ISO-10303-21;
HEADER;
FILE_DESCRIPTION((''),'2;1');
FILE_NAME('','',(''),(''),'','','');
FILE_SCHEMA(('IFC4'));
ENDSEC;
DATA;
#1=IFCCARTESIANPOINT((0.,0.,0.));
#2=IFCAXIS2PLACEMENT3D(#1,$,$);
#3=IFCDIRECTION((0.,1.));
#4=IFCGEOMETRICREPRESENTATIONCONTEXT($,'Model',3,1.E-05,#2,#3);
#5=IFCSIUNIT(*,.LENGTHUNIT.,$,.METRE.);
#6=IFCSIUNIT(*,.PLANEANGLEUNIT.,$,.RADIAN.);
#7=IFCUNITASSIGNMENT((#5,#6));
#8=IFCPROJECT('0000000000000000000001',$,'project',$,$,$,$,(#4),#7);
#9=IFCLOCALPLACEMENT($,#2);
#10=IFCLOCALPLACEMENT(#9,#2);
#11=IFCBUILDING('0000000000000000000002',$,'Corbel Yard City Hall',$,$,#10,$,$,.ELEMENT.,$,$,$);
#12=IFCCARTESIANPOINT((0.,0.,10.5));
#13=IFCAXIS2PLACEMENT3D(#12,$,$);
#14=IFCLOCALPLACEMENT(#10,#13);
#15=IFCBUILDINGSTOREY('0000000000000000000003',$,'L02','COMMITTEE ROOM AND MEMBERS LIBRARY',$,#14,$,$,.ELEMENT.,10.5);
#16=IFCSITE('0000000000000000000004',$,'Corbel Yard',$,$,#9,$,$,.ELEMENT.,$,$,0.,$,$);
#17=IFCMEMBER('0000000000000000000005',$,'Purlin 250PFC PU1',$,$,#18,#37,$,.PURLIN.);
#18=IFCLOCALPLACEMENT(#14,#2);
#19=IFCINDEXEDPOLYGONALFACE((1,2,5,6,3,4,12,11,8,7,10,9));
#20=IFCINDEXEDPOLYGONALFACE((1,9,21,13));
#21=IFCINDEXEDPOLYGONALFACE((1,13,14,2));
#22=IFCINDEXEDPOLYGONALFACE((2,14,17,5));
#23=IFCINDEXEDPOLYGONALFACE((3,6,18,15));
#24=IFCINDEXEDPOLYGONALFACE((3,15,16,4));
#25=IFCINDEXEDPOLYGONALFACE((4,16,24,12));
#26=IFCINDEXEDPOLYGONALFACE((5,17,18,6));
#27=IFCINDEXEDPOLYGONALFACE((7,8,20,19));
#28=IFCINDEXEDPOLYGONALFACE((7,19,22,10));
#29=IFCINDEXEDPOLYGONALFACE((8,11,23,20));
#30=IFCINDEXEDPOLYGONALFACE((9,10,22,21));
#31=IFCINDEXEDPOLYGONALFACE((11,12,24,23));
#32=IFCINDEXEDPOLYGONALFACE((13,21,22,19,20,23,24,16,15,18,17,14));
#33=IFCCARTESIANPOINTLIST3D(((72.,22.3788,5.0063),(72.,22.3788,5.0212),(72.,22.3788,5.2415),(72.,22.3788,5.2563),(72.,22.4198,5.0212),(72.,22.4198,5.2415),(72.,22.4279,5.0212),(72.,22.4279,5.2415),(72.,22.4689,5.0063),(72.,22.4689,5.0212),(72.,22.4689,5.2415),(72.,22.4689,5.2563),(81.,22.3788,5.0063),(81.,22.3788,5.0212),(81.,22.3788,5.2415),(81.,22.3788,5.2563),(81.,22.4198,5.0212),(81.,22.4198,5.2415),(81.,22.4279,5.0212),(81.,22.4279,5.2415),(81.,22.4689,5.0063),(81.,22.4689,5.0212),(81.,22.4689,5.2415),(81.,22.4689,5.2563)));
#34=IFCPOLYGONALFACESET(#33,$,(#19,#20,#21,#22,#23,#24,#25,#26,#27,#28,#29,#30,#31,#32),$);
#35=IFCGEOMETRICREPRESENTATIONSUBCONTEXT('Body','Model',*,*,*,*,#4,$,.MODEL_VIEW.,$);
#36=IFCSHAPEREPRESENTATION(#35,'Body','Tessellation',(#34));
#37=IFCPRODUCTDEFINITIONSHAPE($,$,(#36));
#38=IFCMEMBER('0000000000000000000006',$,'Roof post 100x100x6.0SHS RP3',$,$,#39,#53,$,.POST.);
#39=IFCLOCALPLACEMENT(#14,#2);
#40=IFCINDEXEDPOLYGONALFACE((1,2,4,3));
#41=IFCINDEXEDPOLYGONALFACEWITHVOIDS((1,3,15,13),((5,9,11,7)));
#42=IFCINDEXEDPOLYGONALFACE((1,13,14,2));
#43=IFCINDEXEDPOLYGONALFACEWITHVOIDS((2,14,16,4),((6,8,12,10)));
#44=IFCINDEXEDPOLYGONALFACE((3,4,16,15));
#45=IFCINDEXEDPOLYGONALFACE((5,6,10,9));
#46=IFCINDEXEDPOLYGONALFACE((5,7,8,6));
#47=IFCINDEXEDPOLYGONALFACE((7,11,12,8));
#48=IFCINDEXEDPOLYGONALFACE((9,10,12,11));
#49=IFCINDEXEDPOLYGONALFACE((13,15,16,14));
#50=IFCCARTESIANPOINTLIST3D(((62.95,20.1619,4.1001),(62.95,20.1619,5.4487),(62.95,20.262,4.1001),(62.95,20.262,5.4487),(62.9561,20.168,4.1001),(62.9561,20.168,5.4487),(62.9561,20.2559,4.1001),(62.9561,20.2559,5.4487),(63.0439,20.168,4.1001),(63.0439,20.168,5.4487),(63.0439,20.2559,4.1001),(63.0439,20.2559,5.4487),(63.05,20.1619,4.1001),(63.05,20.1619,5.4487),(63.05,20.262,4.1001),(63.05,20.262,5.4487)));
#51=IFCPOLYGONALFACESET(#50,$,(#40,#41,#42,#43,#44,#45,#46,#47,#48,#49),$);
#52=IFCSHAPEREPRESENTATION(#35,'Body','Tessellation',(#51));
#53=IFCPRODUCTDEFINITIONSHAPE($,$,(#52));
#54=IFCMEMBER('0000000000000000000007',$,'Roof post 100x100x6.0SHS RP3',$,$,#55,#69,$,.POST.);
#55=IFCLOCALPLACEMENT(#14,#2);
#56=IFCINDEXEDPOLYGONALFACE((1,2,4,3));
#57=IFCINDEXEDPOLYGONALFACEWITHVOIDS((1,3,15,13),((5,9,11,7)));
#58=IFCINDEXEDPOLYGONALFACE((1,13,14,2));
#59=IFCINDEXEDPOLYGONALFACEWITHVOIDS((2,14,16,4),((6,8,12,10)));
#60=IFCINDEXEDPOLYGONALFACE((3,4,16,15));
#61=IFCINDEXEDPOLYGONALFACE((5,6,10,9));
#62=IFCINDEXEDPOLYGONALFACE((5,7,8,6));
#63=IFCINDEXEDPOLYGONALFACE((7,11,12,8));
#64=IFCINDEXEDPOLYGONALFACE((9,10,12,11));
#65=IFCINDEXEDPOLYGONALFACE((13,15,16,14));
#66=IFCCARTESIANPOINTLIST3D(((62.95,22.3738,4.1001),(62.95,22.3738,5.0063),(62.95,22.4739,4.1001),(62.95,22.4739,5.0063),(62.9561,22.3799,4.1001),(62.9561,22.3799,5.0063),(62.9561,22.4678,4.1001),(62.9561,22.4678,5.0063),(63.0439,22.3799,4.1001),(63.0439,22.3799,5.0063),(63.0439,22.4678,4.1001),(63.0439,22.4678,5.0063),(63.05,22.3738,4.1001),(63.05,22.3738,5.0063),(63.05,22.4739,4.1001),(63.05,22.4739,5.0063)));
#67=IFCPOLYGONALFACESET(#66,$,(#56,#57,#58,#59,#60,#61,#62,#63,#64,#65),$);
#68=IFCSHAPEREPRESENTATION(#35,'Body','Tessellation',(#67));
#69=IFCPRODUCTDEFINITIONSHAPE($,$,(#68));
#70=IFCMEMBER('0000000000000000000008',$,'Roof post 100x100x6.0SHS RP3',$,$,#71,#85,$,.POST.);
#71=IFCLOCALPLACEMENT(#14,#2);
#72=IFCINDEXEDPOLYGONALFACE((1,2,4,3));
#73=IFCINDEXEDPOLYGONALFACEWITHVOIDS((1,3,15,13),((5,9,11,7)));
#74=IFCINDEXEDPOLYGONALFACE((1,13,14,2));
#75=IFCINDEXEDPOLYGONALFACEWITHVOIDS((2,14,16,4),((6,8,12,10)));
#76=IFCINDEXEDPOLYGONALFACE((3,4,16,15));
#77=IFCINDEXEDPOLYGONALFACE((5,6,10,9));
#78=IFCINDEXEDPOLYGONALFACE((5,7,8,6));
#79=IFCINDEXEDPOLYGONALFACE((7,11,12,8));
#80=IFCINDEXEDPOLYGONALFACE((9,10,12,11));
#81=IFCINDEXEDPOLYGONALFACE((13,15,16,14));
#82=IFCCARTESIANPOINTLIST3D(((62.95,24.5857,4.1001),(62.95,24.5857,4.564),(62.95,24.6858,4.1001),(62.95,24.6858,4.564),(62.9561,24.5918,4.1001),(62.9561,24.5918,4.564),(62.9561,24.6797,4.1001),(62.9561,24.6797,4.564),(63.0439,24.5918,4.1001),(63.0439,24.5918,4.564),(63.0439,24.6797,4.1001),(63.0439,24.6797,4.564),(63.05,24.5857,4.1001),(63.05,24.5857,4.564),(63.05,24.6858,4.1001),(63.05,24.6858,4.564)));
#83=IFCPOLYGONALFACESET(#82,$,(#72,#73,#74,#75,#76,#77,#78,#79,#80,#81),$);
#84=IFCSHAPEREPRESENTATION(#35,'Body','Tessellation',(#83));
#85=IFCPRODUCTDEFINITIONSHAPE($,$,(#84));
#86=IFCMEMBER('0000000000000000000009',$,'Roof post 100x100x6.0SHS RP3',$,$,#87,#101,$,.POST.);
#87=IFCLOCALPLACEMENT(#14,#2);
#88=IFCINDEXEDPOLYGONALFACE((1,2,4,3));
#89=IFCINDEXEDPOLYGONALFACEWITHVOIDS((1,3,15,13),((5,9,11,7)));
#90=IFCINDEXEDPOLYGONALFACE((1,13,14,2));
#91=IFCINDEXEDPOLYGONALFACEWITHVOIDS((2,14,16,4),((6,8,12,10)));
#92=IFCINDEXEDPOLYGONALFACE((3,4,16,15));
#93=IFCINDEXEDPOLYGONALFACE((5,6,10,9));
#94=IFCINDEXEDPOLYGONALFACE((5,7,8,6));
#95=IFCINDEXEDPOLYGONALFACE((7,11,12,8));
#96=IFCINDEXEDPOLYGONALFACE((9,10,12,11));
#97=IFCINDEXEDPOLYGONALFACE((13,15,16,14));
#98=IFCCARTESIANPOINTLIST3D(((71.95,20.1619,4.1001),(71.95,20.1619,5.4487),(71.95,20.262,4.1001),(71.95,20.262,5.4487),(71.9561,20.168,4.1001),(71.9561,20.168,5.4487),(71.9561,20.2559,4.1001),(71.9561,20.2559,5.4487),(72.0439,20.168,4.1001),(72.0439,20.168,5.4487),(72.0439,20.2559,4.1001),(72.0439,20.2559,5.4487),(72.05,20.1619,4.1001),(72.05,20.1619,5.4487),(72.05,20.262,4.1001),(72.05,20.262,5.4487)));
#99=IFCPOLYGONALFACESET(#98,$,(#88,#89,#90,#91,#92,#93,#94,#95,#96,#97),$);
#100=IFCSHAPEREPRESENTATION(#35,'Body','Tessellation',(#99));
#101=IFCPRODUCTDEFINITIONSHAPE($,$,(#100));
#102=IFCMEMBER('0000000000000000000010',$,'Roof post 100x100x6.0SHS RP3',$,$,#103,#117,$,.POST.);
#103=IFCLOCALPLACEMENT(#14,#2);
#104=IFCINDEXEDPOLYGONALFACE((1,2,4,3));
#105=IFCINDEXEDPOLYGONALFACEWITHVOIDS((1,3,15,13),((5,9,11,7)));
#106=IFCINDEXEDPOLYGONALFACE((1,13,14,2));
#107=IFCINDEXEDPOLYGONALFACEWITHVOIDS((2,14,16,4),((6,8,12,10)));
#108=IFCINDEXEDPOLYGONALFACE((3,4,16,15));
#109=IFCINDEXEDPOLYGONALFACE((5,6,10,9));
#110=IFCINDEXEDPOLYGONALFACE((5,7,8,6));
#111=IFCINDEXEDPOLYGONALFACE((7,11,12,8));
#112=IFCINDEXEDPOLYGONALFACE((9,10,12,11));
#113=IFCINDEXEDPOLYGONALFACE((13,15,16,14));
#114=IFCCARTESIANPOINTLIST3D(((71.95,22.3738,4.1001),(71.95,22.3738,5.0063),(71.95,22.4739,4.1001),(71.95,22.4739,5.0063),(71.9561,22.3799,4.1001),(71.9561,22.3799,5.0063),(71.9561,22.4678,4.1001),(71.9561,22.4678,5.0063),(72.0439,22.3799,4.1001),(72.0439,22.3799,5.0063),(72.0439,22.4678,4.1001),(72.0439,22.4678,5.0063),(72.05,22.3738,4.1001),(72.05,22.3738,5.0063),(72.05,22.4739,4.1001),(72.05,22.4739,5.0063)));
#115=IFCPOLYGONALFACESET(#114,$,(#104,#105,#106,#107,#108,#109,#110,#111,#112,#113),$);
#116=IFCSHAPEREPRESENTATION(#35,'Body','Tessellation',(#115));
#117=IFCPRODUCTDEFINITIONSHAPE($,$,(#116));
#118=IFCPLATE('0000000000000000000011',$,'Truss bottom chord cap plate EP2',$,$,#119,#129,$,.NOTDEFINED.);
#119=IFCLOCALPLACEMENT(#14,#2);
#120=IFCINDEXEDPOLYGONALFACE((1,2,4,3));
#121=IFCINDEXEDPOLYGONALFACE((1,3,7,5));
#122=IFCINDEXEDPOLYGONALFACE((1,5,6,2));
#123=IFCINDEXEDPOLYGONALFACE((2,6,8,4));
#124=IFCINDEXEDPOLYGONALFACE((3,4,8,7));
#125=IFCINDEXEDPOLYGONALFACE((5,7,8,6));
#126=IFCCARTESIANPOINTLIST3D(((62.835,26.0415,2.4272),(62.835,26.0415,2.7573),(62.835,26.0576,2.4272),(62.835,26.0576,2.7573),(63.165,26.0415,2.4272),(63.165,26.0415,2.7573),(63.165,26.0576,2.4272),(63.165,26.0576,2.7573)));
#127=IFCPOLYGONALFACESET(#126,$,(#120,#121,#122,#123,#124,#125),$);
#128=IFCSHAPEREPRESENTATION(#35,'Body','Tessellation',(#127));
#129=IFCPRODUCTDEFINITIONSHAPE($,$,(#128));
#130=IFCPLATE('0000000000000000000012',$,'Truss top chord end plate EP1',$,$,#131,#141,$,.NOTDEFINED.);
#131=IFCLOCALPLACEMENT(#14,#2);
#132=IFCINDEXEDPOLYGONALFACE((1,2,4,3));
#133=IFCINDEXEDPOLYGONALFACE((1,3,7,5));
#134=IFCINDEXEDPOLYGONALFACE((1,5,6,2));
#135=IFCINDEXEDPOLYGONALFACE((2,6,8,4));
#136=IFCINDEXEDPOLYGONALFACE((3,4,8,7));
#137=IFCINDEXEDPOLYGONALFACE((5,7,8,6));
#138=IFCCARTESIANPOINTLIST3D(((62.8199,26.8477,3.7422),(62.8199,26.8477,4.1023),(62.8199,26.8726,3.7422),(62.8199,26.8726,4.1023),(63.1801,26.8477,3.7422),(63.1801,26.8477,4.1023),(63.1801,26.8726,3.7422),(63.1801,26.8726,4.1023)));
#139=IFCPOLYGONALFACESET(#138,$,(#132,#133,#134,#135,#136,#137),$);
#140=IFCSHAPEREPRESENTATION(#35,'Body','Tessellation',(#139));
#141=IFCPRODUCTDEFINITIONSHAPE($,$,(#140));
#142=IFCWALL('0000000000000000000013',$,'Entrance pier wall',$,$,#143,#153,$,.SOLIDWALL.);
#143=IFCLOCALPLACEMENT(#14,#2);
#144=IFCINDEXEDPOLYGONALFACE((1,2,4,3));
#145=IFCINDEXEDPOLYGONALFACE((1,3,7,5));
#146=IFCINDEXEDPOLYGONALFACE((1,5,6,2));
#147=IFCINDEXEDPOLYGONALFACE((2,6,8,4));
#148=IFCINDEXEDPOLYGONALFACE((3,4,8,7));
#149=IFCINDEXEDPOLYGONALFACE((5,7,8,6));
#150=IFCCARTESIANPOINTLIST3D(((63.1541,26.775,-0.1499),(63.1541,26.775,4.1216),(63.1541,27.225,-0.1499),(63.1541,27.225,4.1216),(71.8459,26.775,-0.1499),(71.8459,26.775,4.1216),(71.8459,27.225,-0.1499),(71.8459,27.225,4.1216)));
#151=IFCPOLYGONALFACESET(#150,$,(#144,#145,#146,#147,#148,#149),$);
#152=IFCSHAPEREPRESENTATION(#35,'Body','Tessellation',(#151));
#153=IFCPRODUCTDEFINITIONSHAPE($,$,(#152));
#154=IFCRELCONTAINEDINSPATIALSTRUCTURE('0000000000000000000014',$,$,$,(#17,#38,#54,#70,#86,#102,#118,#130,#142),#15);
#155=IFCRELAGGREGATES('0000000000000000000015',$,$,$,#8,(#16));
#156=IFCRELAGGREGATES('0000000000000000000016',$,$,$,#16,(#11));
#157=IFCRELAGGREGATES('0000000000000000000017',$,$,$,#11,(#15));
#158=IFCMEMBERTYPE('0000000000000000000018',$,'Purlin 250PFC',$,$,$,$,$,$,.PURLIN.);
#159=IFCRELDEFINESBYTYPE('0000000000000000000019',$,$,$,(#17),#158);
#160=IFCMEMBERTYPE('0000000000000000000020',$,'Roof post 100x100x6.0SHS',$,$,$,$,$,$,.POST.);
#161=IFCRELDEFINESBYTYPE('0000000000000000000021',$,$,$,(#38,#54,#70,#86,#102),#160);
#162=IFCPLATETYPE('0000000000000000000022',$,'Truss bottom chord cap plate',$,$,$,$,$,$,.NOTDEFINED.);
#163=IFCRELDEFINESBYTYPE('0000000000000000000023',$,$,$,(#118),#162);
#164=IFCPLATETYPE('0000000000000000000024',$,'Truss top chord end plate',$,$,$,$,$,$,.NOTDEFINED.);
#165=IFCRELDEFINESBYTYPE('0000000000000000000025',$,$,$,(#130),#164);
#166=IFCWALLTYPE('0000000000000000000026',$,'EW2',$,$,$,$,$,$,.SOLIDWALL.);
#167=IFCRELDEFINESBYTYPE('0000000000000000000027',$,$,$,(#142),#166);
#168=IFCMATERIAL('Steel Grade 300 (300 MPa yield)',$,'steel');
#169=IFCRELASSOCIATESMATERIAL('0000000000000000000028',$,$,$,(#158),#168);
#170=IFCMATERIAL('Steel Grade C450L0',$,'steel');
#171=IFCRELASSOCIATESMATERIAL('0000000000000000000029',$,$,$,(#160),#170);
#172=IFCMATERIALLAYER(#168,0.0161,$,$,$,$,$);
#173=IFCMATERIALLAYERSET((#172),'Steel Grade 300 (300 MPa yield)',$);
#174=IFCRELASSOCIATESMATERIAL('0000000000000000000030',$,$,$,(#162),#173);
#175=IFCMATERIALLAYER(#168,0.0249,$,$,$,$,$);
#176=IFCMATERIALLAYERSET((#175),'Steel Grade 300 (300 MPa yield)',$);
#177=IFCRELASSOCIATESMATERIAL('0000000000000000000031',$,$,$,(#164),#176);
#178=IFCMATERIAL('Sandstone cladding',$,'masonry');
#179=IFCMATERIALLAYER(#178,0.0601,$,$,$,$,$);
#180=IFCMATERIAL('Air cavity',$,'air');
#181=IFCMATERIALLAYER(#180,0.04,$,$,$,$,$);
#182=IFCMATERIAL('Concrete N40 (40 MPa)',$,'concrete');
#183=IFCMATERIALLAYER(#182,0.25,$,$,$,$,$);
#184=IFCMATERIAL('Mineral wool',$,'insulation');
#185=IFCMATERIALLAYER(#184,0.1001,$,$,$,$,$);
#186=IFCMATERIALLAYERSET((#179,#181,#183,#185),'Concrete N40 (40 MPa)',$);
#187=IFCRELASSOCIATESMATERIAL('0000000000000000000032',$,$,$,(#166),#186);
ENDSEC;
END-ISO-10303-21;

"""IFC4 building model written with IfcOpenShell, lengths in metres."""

from ifc_helpers import new_model, si_unit, direction, frame, frame_2d, origin, origin_2d, place, context, subcontext, project, spatial, rectangle, hollow_rectangle, i_section, extrude, material, layer, layer_set, material_profile, profile_set, type_object, element, save


model = new_model("IFC4")

# Units and contexts
model_context = context("Model", 3, precision=1e-05, world=origin(), true_north=direction((0.0, 1.0)))
body_context = subcontext(model_context, "Body", "Model", "MODEL_VIEW")
ifc_project = project(units=[si_unit("LENGTHUNIT", "METRE"), si_unit("PLANEANGLEUNIT", "RADIAN")], contexts=[model_context])

# Site, building, storey
site_placement = place(None, origin())
site = spatial("IfcSite", under=ifc_project, at=site_placement, Name="Corbel Yard", CompositionType="ELEMENT", RefElevation=0.0)
building_placement = place(site_placement, origin())
building = spatial("IfcBuilding", under=site, at=building_placement, Name="Corbel Yard City Hall", CompositionType="ELEMENT")
storey_placement = place(building_placement, frame((0.0, 0.0, 10.5)))
storey = spatial("IfcBuildingStorey", under=building, at=storey_placement, Name="L02", Description="COMMITTEE ROOM AND MEMBERS LIBRARY", CompositionType="ELEMENT", Elevation=10.5)

# Shared definitions
ifc_material_1 = material(Name="Steel Grade 300 (300 MPa yield)", Category="steel")

# Members
ifc_material_profile_1 = material_profile(ifc_material_1, i_section(OverallWidth=0.0901, OverallDepth=0.25, WebThickness=0.0081, FlangeThickness=0.0149, at=origin_2d()), Name="250PFC")
ifc_profile_set_1 = profile_set([ifc_material_profile_1], Name="Steel Grade 300 (300 MPa yield)")
member_type_1 = type_object("IfcMemberType", Name="Purlin 250PFC", PredefinedType="PURLIN", material=ifc_profile_set_1)
for number, where, z_axis, x_axis, name in (
    (1, (72.0, 22.4238, 5.1313), (1.0, 0.0, 0.0), (0.0, 1.0, 0.0), "Purlin 250PFC PU1"),
):
    element("IfcMember", number, at=place(storey_placement, frame(where, z_axis=z_axis, x_axis=x_axis)), inside=storey, type_object=member_type_1, Name=name, PredefinedType="PURLIN", context=body_context, shape_type="SweptSolid", body=[
        extrude(i_section(OverallWidth=0.0901, OverallDepth=0.25, WebThickness=0.0081, FlangeThickness=0.0149, at=origin_2d()), origin(), (0.0, 0.0, 1.0), 9.0),
    ])
ifc_material_2 = material(Name="Steel Grade C450L0", Category="steel")
ifc_material_profile_2 = material_profile(ifc_material_2, hollow_rectangle(XDim=0.1001, YDim=0.1001, WallThickness=0.0061, at=origin_2d()), Name="100x100x6.0SHS")
ifc_profile_set_2 = profile_set([ifc_material_profile_2], Name="Steel Grade C450L0")
member_type_2 = type_object("IfcMemberType", Name="Roof post 100x100x6.0SHS", PredefinedType="POST", material=ifc_profile_set_2)
member_1_placement = place(storey_placement, frame((63.0, 20.2119, 4.1001), z_axis=(0.0, 0.0, 1.0), x_axis=(1.0, 0.0, 0.0)))
element("IfcMember", 2, at=member_1_placement, inside=storey, type_object=member_type_2, Name="Roof post 100x100x6.0SHS RP3", PredefinedType="POST", context=body_context, shape_type="SweptSolid", body=[
    extrude(hollow_rectangle(XDim=0.1001, YDim=0.1001, WallThickness=0.0061, at=origin_2d()), origin(), (0.0, 0.0, 1.0), 1.3486),
])
member_2_placement = place(storey_placement, frame((63.0, 22.4238, 4.1001), z_axis=(0.0, 0.0, 1.0), x_axis=(1.0, 0.0, 0.0)))
element("IfcMember", 3, at=member_2_placement, inside=storey, type_object=member_type_2, Name="Roof post 100x100x6.0SHS RP3", PredefinedType="POST", context=body_context, shape_type="SweptSolid", body=[
    extrude(hollow_rectangle(XDim=0.1001, YDim=0.1001, WallThickness=0.0061, at=origin_2d()), origin(), (0.0, 0.0, 1.0), 0.9062),
])
member_3_placement = place(storey_placement, frame((63.0, 24.6357, 4.1001), z_axis=(0.0, 0.0, 1.0), x_axis=(1.0, 0.0, 0.0)))
element("IfcMember", 4, at=member_3_placement, inside=storey, type_object=member_type_2, Name="Roof post 100x100x6.0SHS RP3", PredefinedType="POST", context=body_context, shape_type="SweptSolid", body=[
    extrude(hollow_rectangle(XDim=0.1001, YDim=0.1001, WallThickness=0.0061, at=origin_2d()), origin(), (0.0, 0.0, 1.0), 0.4639),
])
member_4_placement = place(storey_placement, frame((72.0, 20.2119, 4.1001), z_axis=(0.0, 0.0, 1.0), x_axis=(1.0, 0.0, 0.0)))
element("IfcMember", 5, at=member_4_placement, inside=storey, type_object=member_type_2, Name="Roof post 100x100x6.0SHS RP3", PredefinedType="POST", context=body_context, shape_type="SweptSolid", body=[
    extrude(hollow_rectangle(XDim=0.1001, YDim=0.1001, WallThickness=0.0061, at=origin_2d()), origin(), (0.0, 0.0, 1.0), 1.3486),
])
member_5_placement = place(storey_placement, frame((72.0, 22.4238, 4.1001), z_axis=(0.0, 0.0, 1.0), x_axis=(1.0, 0.0, 0.0)))
element("IfcMember", 6, at=member_5_placement, inside=storey, type_object=member_type_2, Name="Roof post 100x100x6.0SHS RP3", PredefinedType="POST", context=body_context, shape_type="SweptSolid", body=[
    extrude(hollow_rectangle(XDim=0.1001, YDim=0.1001, WallThickness=0.0061, at=origin_2d()), origin(), (0.0, 0.0, 1.0), 0.9062),
])

# Plates
ifc_layer_1 = layer(ifc_material_1, 0.0161)
ifc_layer_set_1 = layer_set([ifc_layer_1], Name="Steel Grade 300 (300 MPa yield)")
plate_type_1 = type_object("IfcPlateType", Name="Truss bottom chord cap plate", PredefinedType="NOTDEFINED", material=ifc_layer_set_1)
plate_1_placement = place(storey_placement, frame((63.0, 26.0496, 2.4272), z_axis=(0.0, 0.0, 1.0), x_axis=(1.0, 0.0, 0.0)))
element("IfcPlate", 7, at=plate_1_placement, inside=storey, type_object=plate_type_1, Name="Truss bottom chord cap plate EP2", PredefinedType="NOTDEFINED", context=body_context, shape_type="SweptSolid", body=[
    extrude(rectangle(XDim=0.3301, YDim=0.0161, at=origin_2d()), origin(), (0.0, 0.0, 1.0), 0.3301),
])
ifc_layer_2 = layer(ifc_material_1, 0.0249)
ifc_layer_set_2 = layer_set([ifc_layer_2], Name="Steel Grade 300 (300 MPa yield)")
plate_type_2 = type_object("IfcPlateType", Name="Truss top chord end plate", PredefinedType="NOTDEFINED", material=ifc_layer_set_2)
plate_2_placement = place(storey_placement, frame((63.0, 26.8601, 3.7422), z_axis=(0.0, 0.0, 1.0), x_axis=(1.0, 0.0, 0.0)))
element("IfcPlate", 8, at=plate_2_placement, inside=storey, type_object=plate_type_2, Name="Truss top chord end plate EP1", PredefinedType="NOTDEFINED", context=body_context, shape_type="SweptSolid", body=[
    extrude(rectangle(XDim=0.3601, YDim=0.0249, at=origin_2d()), origin(), (0.0, 0.0, 1.0), 0.3601),
])

# Wall
ifc_material_3 = material(Name="Sandstone cladding", Category="masonry")
ifc_layer_3 = layer(ifc_material_3, 0.0601)
ifc_material_4 = material(Name="Air cavity", Category="air")
ifc_layer_4 = layer(ifc_material_4, 0.04)
ifc_material_5 = material(Name="Concrete N40 (40 MPa)", Category="concrete")
ifc_layer_5 = layer(ifc_material_5, 0.25)
ifc_material_6 = material(Name="Mineral wool", Category="insulation")
ifc_layer_6 = layer(ifc_material_6, 0.1001)
ifc_layer_set_3 = layer_set([ifc_layer_3, ifc_layer_4, ifc_layer_5, ifc_layer_6], Name="Concrete N40 (40 MPa)")
wall_type = type_object("IfcWallType", Name="EW2", PredefinedType="SOLIDWALL", material=ifc_layer_set_3)
wall_placement = place(storey_placement, frame((63.1541, 27.0, -0.1499), z_axis=(0.0, 0.0, 1.0), x_axis=(1.0, 0.0, 0.0)))
element("IfcWall", 9, at=wall_placement, inside=storey, type_object=wall_type, Name="Entrance pier wall", PredefinedType="SOLIDWALL", context=body_context, shape_type="SweptSolid", body=[
    extrude(rectangle(XDim=8.6919, YDim=0.45, at=frame_2d((4.3459, 0.0))), origin(), (0.0, 0.0, 1.0), 4.2715),
])

save(model, "model.ifc")
